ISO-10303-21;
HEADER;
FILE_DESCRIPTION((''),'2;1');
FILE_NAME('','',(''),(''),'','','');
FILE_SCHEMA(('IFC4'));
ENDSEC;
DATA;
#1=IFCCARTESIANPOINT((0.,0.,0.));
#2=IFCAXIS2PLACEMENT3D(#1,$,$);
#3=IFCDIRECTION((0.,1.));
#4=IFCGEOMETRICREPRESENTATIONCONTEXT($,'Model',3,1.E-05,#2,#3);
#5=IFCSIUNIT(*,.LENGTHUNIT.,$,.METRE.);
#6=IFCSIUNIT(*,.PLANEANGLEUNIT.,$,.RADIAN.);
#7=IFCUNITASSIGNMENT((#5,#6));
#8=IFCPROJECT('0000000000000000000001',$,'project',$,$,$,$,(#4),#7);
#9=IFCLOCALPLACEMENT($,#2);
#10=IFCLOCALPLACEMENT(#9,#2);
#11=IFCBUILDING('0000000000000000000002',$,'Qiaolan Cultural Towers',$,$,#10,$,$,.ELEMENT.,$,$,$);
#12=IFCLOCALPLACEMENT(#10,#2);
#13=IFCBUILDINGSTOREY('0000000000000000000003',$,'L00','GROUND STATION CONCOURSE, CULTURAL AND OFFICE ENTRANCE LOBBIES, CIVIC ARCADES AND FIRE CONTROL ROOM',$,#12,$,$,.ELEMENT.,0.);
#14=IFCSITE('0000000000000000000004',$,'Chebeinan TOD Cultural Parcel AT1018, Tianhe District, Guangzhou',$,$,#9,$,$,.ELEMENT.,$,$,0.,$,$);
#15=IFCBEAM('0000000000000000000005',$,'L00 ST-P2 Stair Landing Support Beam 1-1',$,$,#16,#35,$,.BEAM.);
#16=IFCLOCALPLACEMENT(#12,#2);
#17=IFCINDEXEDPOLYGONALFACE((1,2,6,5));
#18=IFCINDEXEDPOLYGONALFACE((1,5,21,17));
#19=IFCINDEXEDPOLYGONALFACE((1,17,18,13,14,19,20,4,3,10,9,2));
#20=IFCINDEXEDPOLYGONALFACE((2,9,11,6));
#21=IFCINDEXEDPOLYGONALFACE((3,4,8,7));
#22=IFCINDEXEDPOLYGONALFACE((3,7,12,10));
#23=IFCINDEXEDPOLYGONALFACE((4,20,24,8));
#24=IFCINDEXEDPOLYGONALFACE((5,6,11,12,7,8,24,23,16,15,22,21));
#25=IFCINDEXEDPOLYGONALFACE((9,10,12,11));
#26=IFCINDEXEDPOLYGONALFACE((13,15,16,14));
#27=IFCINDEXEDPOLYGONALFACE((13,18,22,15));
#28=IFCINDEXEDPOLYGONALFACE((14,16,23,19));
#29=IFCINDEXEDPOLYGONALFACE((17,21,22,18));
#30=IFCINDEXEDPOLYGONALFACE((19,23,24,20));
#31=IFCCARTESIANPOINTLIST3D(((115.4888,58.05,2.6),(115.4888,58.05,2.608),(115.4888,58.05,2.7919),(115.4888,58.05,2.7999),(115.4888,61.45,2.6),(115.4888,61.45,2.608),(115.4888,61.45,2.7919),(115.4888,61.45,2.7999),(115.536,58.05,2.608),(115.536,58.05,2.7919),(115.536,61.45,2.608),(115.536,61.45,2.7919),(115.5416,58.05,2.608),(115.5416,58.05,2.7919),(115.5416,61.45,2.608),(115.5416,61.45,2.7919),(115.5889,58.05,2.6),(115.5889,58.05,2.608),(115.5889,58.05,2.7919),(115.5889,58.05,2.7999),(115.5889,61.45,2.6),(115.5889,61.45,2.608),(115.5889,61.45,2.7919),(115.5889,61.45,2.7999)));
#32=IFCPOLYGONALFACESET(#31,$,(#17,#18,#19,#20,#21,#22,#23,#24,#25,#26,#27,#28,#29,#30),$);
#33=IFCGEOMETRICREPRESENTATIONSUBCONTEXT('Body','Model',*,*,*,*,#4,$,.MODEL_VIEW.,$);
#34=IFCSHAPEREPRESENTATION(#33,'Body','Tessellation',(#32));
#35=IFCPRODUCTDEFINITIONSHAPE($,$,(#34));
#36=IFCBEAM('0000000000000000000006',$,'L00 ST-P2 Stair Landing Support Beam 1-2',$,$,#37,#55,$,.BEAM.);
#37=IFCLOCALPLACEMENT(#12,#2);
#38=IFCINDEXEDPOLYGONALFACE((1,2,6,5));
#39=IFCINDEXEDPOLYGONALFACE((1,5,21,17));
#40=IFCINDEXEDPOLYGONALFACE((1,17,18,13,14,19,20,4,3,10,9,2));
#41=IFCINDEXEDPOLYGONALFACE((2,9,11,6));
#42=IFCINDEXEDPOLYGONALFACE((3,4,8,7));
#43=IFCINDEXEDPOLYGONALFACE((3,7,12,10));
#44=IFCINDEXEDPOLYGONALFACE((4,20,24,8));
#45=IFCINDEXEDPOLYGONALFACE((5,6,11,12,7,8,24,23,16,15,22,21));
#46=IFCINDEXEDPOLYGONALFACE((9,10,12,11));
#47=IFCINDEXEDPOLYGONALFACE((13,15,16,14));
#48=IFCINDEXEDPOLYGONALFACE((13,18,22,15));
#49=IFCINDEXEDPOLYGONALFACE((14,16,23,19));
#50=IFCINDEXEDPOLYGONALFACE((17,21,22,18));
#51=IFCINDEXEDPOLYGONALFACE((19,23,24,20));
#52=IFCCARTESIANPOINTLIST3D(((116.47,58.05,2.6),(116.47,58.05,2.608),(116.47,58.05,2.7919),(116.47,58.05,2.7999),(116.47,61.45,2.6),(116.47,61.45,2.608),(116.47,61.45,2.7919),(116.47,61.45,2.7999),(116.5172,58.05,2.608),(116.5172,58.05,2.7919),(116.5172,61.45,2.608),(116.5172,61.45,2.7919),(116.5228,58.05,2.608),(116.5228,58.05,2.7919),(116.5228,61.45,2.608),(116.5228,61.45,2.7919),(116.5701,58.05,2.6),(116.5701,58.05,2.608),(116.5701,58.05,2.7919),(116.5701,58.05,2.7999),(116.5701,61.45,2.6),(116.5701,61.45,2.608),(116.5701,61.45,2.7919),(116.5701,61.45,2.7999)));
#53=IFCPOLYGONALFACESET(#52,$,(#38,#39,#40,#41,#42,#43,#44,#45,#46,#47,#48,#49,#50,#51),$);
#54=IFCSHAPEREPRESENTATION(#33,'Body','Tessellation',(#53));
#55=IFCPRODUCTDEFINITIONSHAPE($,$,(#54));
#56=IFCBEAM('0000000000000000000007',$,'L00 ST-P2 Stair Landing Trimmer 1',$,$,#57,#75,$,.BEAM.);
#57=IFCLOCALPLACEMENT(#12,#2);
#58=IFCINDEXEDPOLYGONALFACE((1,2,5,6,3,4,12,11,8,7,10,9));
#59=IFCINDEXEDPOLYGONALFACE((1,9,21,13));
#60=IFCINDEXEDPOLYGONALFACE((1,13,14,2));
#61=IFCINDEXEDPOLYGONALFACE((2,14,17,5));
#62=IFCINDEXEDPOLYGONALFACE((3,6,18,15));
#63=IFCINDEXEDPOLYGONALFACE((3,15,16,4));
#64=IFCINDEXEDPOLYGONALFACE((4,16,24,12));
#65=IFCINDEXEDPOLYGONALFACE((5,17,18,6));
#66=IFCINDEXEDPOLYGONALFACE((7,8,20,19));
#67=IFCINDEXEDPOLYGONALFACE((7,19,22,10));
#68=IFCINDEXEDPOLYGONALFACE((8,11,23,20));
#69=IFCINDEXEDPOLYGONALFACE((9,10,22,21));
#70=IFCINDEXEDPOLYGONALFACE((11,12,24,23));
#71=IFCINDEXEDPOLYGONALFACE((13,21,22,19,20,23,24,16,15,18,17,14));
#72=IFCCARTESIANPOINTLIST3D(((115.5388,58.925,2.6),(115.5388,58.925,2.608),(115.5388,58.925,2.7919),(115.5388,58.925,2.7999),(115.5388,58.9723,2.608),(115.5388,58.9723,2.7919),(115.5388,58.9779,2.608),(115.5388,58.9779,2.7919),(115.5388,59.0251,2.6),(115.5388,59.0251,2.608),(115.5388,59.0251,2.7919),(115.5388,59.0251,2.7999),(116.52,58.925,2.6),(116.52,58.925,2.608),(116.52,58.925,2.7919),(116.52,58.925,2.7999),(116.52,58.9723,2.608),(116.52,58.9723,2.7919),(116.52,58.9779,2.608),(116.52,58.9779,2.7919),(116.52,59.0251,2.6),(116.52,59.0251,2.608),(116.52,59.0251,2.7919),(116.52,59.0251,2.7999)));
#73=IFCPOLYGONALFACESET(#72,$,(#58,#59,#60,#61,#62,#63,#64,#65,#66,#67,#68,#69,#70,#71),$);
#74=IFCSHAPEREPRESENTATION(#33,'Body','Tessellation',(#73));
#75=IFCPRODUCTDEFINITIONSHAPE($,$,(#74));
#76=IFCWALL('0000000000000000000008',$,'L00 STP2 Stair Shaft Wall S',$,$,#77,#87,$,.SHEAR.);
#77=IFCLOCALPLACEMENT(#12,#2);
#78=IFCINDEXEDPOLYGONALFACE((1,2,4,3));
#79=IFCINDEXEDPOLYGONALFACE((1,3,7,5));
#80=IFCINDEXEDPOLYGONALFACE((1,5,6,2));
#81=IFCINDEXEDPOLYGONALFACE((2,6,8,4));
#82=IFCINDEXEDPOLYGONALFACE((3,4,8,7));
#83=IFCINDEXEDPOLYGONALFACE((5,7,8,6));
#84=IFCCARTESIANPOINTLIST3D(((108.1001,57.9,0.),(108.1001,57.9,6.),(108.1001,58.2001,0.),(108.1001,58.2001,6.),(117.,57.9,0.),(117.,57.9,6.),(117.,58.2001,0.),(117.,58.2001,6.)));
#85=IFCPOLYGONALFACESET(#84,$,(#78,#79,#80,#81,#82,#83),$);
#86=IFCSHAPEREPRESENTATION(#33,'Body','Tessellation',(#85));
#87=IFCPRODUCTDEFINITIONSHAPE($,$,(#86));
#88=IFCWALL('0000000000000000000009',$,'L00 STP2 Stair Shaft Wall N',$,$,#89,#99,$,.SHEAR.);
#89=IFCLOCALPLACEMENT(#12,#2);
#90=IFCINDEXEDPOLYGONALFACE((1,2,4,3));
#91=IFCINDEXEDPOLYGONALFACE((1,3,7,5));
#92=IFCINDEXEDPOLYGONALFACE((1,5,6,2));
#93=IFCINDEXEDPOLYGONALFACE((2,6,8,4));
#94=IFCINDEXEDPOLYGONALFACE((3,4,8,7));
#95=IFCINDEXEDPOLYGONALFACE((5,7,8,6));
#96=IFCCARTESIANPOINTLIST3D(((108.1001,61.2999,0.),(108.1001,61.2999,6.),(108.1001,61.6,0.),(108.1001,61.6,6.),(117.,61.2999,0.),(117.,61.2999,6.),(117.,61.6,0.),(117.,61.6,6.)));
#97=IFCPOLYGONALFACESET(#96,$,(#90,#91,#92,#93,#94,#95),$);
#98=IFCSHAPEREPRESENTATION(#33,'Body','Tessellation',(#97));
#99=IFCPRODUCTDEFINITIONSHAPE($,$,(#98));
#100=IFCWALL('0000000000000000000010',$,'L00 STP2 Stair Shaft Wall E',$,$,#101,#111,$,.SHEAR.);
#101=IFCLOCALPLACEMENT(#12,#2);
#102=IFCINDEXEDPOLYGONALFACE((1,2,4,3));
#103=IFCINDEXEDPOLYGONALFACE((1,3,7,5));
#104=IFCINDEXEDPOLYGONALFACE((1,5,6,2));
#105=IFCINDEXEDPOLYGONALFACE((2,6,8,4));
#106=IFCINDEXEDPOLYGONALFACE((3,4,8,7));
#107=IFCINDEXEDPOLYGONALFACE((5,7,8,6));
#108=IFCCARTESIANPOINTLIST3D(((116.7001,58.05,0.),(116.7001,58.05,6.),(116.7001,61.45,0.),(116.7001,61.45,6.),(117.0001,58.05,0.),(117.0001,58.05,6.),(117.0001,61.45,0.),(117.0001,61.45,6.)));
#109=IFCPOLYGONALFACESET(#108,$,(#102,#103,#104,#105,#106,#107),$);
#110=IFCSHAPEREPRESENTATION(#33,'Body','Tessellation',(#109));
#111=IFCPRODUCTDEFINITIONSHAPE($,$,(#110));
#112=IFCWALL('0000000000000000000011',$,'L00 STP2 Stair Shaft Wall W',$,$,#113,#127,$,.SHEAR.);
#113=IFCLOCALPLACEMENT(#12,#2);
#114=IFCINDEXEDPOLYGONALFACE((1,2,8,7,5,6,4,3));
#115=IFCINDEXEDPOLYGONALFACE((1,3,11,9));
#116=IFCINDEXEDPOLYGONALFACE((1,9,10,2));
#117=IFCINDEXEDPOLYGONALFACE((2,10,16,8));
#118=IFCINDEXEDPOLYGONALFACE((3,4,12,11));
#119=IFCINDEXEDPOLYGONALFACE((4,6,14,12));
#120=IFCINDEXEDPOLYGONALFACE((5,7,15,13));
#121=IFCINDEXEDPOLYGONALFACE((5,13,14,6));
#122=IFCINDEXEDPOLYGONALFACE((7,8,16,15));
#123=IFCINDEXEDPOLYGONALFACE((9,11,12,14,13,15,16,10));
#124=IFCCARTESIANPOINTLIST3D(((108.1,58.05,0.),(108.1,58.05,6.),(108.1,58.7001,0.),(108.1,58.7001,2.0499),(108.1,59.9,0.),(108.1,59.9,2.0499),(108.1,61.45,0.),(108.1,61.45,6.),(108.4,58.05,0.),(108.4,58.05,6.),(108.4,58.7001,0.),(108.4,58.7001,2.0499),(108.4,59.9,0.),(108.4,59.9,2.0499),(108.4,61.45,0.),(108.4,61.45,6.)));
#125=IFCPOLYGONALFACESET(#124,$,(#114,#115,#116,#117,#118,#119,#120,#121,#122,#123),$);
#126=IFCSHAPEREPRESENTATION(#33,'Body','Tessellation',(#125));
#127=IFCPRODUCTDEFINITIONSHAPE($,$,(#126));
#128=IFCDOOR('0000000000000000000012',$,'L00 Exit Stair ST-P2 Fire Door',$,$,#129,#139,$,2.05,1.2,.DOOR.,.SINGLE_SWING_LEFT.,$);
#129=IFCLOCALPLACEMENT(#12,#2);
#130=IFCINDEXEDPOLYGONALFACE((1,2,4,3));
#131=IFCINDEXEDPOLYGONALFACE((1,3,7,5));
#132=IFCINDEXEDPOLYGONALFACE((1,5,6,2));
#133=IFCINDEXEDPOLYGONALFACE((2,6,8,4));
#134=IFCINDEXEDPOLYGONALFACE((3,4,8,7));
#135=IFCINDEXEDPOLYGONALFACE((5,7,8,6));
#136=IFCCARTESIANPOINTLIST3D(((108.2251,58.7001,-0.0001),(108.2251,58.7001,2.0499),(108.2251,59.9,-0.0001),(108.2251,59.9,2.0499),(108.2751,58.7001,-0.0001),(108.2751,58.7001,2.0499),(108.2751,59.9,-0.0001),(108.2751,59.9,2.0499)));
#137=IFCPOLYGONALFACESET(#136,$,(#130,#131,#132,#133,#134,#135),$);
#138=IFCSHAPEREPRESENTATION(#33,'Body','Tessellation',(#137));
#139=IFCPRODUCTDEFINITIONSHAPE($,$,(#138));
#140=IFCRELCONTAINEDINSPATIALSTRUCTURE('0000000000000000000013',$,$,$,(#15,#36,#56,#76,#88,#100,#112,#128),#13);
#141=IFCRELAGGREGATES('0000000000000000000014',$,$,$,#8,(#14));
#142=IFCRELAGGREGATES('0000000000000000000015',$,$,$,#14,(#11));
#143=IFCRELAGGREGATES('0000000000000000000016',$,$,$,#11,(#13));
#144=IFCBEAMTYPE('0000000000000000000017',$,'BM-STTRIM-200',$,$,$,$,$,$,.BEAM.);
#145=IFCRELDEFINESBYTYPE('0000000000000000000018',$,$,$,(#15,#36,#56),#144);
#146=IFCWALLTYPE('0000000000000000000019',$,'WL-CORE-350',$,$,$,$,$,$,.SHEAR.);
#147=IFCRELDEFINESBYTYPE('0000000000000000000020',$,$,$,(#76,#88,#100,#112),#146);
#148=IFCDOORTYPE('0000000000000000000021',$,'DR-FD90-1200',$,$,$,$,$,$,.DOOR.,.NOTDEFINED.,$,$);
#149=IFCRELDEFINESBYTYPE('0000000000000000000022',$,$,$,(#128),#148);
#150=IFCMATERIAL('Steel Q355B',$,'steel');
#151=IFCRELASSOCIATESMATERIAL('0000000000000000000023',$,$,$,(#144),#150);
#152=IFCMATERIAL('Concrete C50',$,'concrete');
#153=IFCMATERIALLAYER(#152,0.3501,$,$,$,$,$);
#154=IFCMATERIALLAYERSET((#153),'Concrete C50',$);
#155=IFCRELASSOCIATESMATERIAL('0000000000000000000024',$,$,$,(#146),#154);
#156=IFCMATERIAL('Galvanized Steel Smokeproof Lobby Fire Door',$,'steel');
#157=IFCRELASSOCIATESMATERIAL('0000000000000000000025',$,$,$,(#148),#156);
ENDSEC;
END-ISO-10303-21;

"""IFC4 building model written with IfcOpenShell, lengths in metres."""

from ifc_helpers import new_model, si_unit, direction, frame, frame_2d, origin, origin_2d, place, context, subcontext, project, spatial, rectangle, i_section, extrude, material, layer, layer_set, material_profile, profile_set, type_object, element, fill, save


model = new_model("IFC4")

# Units and contexts
model_context = context("Model", 3, precision=1e-05, world=origin(), true_north=direction((0.0, 1.0)))
body_context = subcontext(model_context, "Body", "Model", "MODEL_VIEW")
ifc_project = project(units=[si_unit("LENGTHUNIT", "METRE"), si_unit("PLANEANGLEUNIT", "RADIAN")], contexts=[model_context])

# Site, building, storey
site_placement = place(None, origin())
site = spatial("IfcSite", under=ifc_project, at=site_placement, Name="Chebeinan TOD Cultural Parcel AT1018, Tianhe District, Guangzhou", CompositionType="ELEMENT", RefElevation=0.0)
building_placement = place(site_placement, origin())
building = spatial("IfcBuilding", under=site, at=building_placement, Name="Qiaolan Cultural Towers", CompositionType="ELEMENT")
storey_placement = place(building_placement, origin())
storey = spatial("IfcBuildingStorey", under=building, at=storey_placement, Name="L00", Description="GROUND STATION CONCOURSE, CULTURAL AND OFFICE ENTRANCE LOBBIES, CIVIC ARCADES AND FIRE CONTROL ROOM", CompositionType="ELEMENT", Elevation=0.0)

# Beams
ifc_material_1 = material(Name="Steel Q355B", Category="steel")
ifc_material_profile_1 = material_profile(ifc_material_1, i_section(OverallWidth=0.1001, OverallDepth=0.2, WebThickness=0.0056, FlangeThickness=0.0081, at=origin_2d()), Name="HN200x100x5.5x8")
ifc_profile_set_1 = profile_set([ifc_material_profile_1], Name="Steel Q355B")
beam_type_1 = type_object("IfcBeamType", Name="BM-STTRIM-200", PredefinedType="BEAM", material=ifc_profile_set_1)
for number, where, z_axis, x_axis, name in (
    (1, (115.5388, 58.05, 2.7), (0.0, 1.0, 0.0), (-1.0, 0.0, 0.0), "L00 ST-P2 Stair Landing Support Beam 1-1"),
    (2, (116.52, 58.05, 2.7), (0.0, 1.0, 0.0), (-1.0, 0.0, 0.0), "L00 ST-P2 Stair Landing Support Beam 1-2"),
):
    element("IfcBeam", number, at=place(storey_placement, frame(where, z_axis=z_axis, x_axis=x_axis)), inside=storey, type_object=beam_type_1, Name=name, PredefinedType="BEAM", context=body_context, shape_type="SweptSolid", body=[
        extrude(i_section(OverallWidth=0.1001, OverallDepth=0.2, WebThickness=0.0056, FlangeThickness=0.0081, at=origin_2d()), origin(), (0.0, 0.0, 1.0), 3.3999),
    ])
beam_1_placement = place(storey_placement, frame((115.5388, 58.9751, 2.7), z_axis=(1.0, 0.0, 0.0), x_axis=(0.0, 1.0, 0.0)))
element("IfcBeam", 3, at=beam_1_placement, inside=storey, type_object=beam_type_1, Name="L00 ST-P2 Stair Landing Trimmer 1", PredefinedType="BEAM", context=body_context, shape_type="SweptSolid", body=[
    extrude(i_section(OverallWidth=0.1001, OverallDepth=0.2, WebThickness=0.0056, FlangeThickness=0.0081, at=origin_2d()), origin(), (0.0, 0.0, 1.0), 0.9812),
])

# Walls
ifc_material_2 = material(Name="Concrete C50", Category="concrete")
ifc_layer_1 = layer(ifc_material_2, 0.3501)
ifc_layer_set_1 = layer_set([ifc_layer_1], Name="Concrete C50")
wall_type_1 = type_object("IfcWallType", Name="WL-CORE-350", PredefinedType="SHEAR", material=ifc_layer_set_1)
for number, where, z_axis, x_axis, name in (
    (4, (108.1001, 58.05, 0.0), (0.0, 0.0, 1.0), (1.0, 0.0, 0.0), "L00 STP2 Stair Shaft Wall S"),
    (5, (108.1001, 61.45, 0.0), (0.0, 0.0, 1.0), (1.0, 0.0, 0.0), "L00 STP2 Stair Shaft Wall N"),
):
    element("IfcWall", number, at=place(storey_placement, frame(where, z_axis=z_axis, x_axis=x_axis)), inside=storey, type_object=wall_type_1, Name=name, PredefinedType="SHEAR", context=body_context, shape_type="SweptSolid", body=[
        extrude(rectangle(XDim=8.8999, YDim=0.3, at=frame_2d((4.45, 0.0))), origin(), (0.0, 0.0, 1.0), 6.0),
    ])
wall_1_placement = place(storey_placement, frame((116.8501, 58.05, 0.0), z_axis=(0.0, 0.0, 1.0), x_axis=(0.0, 1.0, 0.0)))
element("IfcWall", 6, at=wall_1_placement, inside=storey, type_object=wall_type_1, Name="L00 STP2 Stair Shaft Wall E", PredefinedType="SHEAR", context=body_context, shape_type="SweptSolid", body=[
    extrude(rectangle(XDim=3.3999, YDim=0.3, at=frame_2d((1.7, 0.0))), origin(), (0.0, 0.0, 1.0), 6.0),
])

# Wall, opening, door
wall_2_placement = place(storey_placement, frame((108.25, 58.05, 0.0), z_axis=(0.0, 0.0, 1.0), x_axis=(0.0, 1.0, 0.0)))
wall_2 = element("IfcWall", 7, at=wall_2_placement, inside=storey, type_object=wall_type_1, Name="L00 STP2 Stair Shaft Wall W", PredefinedType="SHEAR", context=body_context, shape_type="SweptSolid", body=[
    extrude(rectangle(XDim=3.3999, YDim=0.3, at=frame_2d((1.7, 0.0))), origin(), (0.0, 0.0, 1.0), 6.0),
])
opening_1_placement = place(wall_2_placement, frame((0.6499, 0.0, 0.0)))
opening_1 = element("IfcOpeningElement", 8, at=opening_1_placement, cuts=wall_2, PredefinedType="OPENING", context=body_context, shape_type="SweptSolid", body=[
    extrude(rectangle(XDim=1.2, YDim=2.05, at=frame_2d((0.6001, 1.0249))), frame((0.0, 0.1599, 0.0), z_axis=(0.0, -1.0, 0.0), x_axis=(1.0, 0.0, 0.0)), (0.0, 0.0, 1.0), 0.3201),
])
ifc_material_3 = material(Name="Galvanized Steel Smokeproof Lobby Fire Door", Category="steel")
door_type_1 = type_object("IfcDoorType", Name="DR-FD90-1200", OperationType="NOTDEFINED", PredefinedType="DOOR", material=ifc_material_3)
door_1_placement = place(opening_1_placement, origin())
door_1 = element("IfcDoor", 9, at=door_1_placement, inside=storey, type_object=door_type_1, Name="L00 Exit Stair ST-P2 Fire Door", OperationType="SINGLE_SWING_LEFT", OverallHeight=2.05, OverallWidth=1.2, PredefinedType="DOOR", context=body_context, shape_type="SweptSolid", body=[
    extrude(rectangle(XDim=1.2, YDim=2.05, at=frame_2d((0.6001, 1.0249))), frame((0.0, 0.0249, 0.0), z_axis=(0.0, -1.0, 0.0), x_axis=(1.0, 0.0, 0.0)), (0.0, 0.0, 1.0), 0.05),
])
fill(opening_1, door_1)

save(model, "model.ifc")
